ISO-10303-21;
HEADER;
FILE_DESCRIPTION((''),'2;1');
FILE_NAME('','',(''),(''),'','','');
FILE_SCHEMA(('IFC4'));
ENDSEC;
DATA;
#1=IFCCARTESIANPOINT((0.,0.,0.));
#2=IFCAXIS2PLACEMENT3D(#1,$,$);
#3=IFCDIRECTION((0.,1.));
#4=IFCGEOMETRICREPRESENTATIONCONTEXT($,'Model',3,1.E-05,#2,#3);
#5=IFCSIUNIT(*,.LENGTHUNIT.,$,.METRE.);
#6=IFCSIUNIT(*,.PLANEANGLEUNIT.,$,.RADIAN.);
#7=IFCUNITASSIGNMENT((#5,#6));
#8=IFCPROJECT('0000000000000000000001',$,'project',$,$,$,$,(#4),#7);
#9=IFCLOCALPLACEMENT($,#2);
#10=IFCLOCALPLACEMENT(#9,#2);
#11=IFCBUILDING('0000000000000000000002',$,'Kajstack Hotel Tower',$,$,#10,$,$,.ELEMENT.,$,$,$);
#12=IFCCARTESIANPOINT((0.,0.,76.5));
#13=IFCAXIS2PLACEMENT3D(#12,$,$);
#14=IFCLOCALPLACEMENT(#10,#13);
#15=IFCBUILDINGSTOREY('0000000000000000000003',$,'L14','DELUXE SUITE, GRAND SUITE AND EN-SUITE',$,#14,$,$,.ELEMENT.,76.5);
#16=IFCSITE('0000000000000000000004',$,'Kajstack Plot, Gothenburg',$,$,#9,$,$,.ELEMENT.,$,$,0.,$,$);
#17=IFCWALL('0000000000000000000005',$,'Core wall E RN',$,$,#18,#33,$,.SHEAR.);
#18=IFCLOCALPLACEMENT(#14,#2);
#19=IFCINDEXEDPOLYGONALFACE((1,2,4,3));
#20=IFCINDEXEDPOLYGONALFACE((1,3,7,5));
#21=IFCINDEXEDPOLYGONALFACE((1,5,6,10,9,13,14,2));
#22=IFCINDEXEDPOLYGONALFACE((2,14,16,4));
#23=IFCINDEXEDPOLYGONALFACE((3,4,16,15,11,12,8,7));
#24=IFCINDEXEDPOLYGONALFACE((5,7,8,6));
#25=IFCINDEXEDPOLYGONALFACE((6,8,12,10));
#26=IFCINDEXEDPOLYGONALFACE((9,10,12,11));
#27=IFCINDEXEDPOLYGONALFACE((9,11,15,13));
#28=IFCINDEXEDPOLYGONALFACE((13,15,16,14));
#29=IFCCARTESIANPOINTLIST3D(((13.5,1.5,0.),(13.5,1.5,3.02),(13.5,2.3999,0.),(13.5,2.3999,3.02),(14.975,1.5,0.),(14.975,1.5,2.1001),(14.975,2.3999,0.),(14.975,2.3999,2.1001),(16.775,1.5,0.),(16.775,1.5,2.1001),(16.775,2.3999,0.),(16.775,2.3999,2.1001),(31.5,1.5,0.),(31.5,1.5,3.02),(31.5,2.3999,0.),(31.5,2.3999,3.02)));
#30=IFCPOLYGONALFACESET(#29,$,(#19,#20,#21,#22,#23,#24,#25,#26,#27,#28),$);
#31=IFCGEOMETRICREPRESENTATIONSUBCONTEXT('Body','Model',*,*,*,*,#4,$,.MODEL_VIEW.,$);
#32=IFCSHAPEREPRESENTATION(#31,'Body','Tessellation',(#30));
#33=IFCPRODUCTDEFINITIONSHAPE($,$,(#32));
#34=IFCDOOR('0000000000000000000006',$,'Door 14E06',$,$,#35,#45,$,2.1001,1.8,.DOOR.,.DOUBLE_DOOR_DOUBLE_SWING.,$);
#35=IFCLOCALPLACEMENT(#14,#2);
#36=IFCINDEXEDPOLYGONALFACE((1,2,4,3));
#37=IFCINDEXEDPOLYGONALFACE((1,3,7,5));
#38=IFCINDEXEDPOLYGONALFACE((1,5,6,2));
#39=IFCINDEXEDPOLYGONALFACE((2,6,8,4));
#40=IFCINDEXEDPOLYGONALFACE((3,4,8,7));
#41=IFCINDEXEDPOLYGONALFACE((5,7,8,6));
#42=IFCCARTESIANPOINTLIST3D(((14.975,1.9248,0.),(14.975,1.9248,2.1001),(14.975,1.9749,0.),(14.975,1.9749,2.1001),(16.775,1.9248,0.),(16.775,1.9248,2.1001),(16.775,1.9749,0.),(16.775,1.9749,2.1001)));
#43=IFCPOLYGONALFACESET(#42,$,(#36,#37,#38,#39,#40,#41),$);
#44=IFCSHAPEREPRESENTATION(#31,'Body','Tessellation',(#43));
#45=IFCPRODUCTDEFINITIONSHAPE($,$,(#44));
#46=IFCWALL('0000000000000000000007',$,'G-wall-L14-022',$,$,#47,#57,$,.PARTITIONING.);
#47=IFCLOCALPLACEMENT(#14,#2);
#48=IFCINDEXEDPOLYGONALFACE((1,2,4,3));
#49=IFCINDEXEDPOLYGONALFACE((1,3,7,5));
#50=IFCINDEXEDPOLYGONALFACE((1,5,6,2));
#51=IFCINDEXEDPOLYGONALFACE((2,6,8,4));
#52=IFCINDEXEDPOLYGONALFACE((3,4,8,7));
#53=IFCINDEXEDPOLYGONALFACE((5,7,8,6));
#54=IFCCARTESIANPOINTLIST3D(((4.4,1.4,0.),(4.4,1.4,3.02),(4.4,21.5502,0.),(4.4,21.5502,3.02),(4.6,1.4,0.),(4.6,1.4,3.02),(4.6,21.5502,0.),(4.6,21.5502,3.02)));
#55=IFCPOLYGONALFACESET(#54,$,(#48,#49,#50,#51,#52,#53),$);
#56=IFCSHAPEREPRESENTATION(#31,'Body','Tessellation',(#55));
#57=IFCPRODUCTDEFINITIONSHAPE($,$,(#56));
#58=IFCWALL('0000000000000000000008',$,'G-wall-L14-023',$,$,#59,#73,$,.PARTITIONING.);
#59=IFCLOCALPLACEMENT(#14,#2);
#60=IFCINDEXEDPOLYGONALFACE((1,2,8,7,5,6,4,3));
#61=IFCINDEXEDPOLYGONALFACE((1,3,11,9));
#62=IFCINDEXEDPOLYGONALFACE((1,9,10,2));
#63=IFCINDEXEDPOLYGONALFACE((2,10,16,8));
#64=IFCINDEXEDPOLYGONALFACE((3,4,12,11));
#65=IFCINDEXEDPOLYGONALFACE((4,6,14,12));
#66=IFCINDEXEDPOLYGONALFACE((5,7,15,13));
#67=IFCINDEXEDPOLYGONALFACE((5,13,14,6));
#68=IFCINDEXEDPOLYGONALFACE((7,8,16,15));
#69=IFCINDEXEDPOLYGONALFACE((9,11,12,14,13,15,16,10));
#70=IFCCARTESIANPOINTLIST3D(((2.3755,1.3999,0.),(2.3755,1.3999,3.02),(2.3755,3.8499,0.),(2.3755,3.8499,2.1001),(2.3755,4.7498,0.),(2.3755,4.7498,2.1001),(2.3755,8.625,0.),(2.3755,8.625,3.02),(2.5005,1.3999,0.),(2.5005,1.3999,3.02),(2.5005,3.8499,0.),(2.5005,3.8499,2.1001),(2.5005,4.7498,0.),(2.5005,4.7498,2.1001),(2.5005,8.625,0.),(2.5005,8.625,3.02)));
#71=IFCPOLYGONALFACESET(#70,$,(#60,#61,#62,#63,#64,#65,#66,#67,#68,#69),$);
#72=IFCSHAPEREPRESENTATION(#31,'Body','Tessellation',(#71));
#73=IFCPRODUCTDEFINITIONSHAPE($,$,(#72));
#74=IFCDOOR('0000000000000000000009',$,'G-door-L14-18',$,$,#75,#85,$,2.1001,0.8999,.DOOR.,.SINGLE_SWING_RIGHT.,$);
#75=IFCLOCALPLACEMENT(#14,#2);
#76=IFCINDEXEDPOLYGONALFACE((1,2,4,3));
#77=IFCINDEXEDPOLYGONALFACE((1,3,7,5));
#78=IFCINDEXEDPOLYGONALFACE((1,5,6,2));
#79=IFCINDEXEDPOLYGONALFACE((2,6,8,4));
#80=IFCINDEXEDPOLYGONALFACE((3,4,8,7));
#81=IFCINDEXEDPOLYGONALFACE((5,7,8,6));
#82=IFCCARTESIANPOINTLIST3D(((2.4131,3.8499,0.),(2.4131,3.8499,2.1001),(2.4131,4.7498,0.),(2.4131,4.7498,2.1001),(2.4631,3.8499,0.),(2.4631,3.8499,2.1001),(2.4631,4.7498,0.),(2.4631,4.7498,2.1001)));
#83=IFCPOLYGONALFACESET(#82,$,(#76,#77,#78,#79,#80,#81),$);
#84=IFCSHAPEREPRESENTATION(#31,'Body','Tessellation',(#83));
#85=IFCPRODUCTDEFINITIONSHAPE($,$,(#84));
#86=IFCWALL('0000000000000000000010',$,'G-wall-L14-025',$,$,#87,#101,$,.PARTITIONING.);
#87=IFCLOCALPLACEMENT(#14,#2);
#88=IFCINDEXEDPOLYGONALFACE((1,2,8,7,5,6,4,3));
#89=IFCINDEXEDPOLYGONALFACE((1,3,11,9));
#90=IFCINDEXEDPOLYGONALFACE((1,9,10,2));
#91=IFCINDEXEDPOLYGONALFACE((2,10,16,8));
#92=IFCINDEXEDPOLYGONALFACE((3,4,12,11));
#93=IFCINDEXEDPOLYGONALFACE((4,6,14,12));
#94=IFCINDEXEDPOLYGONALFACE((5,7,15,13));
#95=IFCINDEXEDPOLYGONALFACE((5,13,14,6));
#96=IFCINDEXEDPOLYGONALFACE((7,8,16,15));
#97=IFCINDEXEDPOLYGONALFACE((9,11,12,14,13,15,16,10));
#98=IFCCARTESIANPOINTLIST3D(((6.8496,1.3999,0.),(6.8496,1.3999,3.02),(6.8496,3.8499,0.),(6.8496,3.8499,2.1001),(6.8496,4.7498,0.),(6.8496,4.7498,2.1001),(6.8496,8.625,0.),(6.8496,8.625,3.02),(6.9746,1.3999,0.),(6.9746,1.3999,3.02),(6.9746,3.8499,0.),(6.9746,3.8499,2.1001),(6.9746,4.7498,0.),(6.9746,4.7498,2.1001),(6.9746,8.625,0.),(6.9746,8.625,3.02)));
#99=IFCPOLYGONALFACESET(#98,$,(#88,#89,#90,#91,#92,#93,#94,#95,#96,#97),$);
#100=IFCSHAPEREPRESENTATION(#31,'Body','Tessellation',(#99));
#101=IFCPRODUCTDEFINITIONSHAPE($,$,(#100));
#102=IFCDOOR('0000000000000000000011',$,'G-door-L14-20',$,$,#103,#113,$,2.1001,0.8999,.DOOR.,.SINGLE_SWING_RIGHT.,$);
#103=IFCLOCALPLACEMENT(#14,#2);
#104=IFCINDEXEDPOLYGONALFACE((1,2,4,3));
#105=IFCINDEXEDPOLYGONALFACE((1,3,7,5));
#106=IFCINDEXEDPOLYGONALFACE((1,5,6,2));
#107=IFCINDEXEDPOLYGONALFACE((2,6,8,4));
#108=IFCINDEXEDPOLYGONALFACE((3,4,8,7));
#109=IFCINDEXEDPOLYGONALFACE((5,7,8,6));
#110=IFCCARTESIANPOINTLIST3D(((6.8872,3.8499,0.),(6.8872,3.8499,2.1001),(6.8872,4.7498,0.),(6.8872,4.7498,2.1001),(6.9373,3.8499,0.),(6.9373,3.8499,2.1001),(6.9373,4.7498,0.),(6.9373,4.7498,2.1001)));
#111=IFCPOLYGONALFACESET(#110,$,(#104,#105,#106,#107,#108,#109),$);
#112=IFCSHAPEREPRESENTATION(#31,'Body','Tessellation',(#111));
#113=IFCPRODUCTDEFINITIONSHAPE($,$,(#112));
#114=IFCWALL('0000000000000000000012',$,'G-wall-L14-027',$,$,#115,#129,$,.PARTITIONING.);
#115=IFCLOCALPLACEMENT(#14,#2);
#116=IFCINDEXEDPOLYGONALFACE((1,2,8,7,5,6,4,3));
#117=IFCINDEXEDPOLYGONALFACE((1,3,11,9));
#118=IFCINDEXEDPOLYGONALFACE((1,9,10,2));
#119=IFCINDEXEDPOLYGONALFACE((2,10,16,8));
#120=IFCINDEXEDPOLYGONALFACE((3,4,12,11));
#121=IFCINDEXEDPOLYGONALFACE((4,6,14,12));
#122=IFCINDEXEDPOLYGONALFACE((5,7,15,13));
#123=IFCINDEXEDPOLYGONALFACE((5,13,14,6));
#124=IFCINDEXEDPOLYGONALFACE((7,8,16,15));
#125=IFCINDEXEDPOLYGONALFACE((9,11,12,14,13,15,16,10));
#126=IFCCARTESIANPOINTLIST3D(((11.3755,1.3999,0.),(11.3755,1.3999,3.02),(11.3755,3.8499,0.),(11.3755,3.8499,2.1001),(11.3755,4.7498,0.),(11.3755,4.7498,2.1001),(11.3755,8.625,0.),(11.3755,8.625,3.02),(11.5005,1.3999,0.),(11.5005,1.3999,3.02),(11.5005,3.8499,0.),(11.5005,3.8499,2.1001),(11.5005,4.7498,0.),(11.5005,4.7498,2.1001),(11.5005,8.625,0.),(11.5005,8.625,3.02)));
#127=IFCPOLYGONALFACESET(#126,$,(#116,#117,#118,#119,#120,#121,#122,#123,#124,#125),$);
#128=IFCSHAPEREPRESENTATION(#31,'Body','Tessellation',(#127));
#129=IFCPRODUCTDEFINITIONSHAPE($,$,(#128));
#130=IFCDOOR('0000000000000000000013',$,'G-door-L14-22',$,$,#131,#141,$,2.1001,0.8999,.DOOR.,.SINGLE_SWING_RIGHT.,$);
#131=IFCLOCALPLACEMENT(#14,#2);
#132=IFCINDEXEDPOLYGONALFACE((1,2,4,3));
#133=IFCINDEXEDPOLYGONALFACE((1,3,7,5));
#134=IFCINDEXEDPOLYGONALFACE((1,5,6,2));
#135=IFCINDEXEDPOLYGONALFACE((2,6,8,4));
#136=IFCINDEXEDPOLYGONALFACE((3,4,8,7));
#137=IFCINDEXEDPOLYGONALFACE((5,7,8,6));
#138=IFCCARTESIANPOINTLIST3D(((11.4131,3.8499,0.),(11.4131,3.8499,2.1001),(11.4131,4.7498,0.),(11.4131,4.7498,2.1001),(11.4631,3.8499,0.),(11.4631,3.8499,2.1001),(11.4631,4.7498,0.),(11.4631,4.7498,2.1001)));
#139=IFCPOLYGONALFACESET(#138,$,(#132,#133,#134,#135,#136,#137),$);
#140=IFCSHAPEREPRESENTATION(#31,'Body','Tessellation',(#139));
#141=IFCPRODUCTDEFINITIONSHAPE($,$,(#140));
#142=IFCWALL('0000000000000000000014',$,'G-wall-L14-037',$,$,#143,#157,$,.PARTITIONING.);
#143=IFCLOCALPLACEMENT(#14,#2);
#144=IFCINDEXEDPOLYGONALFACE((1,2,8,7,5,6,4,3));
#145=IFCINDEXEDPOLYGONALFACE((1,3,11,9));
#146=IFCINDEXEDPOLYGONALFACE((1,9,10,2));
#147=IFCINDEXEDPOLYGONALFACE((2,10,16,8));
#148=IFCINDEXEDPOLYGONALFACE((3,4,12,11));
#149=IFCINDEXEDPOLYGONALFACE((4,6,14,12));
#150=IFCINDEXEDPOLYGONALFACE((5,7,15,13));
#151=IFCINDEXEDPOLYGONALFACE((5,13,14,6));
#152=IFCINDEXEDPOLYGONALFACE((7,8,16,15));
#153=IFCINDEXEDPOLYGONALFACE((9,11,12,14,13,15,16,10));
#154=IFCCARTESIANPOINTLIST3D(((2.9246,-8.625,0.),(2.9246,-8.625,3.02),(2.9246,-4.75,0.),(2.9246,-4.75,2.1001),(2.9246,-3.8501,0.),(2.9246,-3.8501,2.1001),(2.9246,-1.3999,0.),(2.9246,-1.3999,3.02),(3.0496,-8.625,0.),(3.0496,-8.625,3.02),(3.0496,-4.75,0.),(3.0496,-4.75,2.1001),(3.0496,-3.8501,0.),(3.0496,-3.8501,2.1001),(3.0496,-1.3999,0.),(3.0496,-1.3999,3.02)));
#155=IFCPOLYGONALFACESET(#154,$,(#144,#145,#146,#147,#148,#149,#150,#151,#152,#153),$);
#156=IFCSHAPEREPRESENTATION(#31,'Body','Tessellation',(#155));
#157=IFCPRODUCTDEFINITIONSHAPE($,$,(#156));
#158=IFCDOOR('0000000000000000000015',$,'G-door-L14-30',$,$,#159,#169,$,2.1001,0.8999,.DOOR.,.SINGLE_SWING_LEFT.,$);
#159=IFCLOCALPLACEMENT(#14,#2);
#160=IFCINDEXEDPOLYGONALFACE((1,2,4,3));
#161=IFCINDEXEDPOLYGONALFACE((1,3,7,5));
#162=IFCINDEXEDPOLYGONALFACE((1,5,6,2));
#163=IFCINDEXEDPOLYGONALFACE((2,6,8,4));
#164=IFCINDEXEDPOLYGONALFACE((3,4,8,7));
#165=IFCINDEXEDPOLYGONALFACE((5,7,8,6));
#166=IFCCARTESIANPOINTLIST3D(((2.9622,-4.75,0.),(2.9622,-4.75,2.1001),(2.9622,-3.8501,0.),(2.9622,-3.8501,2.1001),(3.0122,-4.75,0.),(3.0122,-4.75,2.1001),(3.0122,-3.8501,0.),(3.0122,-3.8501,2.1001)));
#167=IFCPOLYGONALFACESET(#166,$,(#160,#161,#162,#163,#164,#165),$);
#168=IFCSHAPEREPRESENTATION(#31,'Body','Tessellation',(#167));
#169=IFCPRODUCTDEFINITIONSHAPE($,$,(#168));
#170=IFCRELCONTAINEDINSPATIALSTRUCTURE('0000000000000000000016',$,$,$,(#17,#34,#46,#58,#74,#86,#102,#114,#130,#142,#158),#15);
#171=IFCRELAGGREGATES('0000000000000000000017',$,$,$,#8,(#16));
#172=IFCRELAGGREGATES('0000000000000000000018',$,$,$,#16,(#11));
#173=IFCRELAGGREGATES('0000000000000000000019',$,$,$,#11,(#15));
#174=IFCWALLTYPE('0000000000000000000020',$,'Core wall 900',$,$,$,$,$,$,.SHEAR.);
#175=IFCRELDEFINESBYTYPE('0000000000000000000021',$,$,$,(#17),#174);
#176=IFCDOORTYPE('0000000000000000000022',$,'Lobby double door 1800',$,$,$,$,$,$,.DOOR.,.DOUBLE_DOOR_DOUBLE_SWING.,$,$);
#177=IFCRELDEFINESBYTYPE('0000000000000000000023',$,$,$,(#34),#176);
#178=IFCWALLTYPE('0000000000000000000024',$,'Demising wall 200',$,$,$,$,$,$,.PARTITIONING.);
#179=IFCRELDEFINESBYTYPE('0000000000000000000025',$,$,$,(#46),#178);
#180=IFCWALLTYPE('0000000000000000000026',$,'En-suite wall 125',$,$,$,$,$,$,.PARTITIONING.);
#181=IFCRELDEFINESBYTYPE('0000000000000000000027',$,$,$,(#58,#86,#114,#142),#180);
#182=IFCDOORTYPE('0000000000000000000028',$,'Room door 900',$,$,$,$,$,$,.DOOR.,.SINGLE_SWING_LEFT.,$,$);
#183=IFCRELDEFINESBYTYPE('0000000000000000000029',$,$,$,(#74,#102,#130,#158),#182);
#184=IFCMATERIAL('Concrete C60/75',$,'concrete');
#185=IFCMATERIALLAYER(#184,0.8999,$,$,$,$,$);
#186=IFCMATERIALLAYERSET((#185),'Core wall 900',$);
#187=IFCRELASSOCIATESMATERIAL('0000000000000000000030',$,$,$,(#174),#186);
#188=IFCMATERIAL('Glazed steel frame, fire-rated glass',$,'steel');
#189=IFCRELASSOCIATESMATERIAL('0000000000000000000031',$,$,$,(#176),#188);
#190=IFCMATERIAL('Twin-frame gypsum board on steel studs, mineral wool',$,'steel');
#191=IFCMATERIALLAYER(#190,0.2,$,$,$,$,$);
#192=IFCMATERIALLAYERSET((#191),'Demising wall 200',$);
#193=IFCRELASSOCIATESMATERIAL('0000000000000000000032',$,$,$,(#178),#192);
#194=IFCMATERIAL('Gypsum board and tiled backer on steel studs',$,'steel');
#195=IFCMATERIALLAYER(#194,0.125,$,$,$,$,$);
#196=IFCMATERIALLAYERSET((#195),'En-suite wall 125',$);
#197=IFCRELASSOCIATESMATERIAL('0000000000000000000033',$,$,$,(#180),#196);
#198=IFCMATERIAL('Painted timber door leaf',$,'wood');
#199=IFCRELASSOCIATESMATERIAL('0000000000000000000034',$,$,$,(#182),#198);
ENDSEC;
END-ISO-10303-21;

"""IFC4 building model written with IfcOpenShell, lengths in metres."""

from ifc_helpers import new_model, si_unit, direction, frame, frame_2d, origin, place, context, subcontext, project, spatial, rectangle, extrude, material, layer, layer_set, type_object, element, fill, save


model = new_model("IFC4")

# Units and contexts
model_context = context("Model", 3, precision=1e-05, world=origin(), true_north=direction((0.0, 1.0)))
body_context = subcontext(model_context, "Body", "Model", "MODEL_VIEW")
ifc_project = project(units=[si_unit("LENGTHUNIT", "METRE"), si_unit("PLANEANGLEUNIT", "RADIAN")], contexts=[model_context])

# Site, building, storey
site_placement = place(None, origin())
site = spatial("IfcSite", under=ifc_project, at=site_placement, Name="Kajstack Plot, Gothenburg", CompositionType="ELEMENT", RefElevation=0.0)
building_placement = place(site_placement, origin())
building = spatial("IfcBuilding", under=site, at=building_placement, Name="Kajstack Hotel Tower", CompositionType="ELEMENT")
storey_placement = place(building_placement, frame((0.0, 0.0, 76.5)))
storey = spatial("IfcBuildingStorey", under=building, at=storey_placement, Name="L14", Description="DELUXE SUITE, GRAND SUITE AND EN-SUITE", CompositionType="ELEMENT", Elevation=76.5)

# Wall, opening, door
ifc_material_1 = material(Name="Concrete C60/75", Category="concrete")
ifc_layer_1 = layer(ifc_material_1, 0.8999)
ifc_layer_set_1 = layer_set([ifc_layer_1], Name="Core wall 900")
wall_type_1 = type_object("IfcWallType", Name="Core wall 900", PredefinedType="SHEAR", material=ifc_layer_set_1)
wall_1_placement = place(storey_placement, frame((13.5, 1.95, 0.0), z_axis=(0.0, 0.0, 1.0), x_axis=(1.0, 0.0, 0.0)))
wall_1 = element("IfcWall", 1, at=wall_1_placement, inside=storey, type_object=wall_type_1, Name="Core wall E RN", PredefinedType="SHEAR", context=body_context, shape_type="SweptSolid", body=[
    extrude(rectangle(XDim=18.0, YDim=0.8999, at=frame_2d((9.0, 0.0))), origin(), (0.0, 0.0, 1.0), 3.02),
])
opening_1_placement = place(wall_1_placement, frame((1.4751, 0.0, 0.0)))
opening_1 = element("IfcOpeningElement", 2, at=opening_1_placement, cuts=wall_1, PredefinedType="OPENING", context=body_context, shape_type="SweptSolid", body=[
    extrude(rectangle(XDim=1.8, YDim=2.1001, at=frame_2d((0.8999, 1.05))), frame((0.0, 0.46, 0.0), z_axis=(0.0, -1.0, 0.0), x_axis=(1.0, 0.0, 0.0)), (0.0, 0.0, 1.0), 0.9199),
])
ifc_material_2 = material(Name="Glazed steel frame, fire-rated glass", Category="steel")
door_type_1 = type_object("IfcDoorType", Name="Lobby double door 1800", OperationType="DOUBLE_DOOR_DOUBLE_SWING", PredefinedType="DOOR", material=ifc_material_2)
door_1_placement = place(opening_1_placement, origin())
door_1 = element("IfcDoor", 3, at=door_1_placement, inside=storey, type_object=door_type_1, Name="Door 14E06", OperationType="DOUBLE_DOOR_DOUBLE_SWING", OverallHeight=2.1001, OverallWidth=1.8, PredefinedType="DOOR", context=body_context, shape_type="SweptSolid", body=[
    extrude(rectangle(XDim=1.8, YDim=2.1001, at=frame_2d((0.8999, 1.05))), frame((0.0, 0.0249, 0.0), z_axis=(0.0, -1.0, 0.0), x_axis=(1.0, 0.0, 0.0)), (0.0, 0.0, 1.0), 0.05),
])
fill(opening_1, door_1)

# Wall
ifc_material_3 = material(Name="Twin-frame gypsum board on steel studs, mineral wool", Category="steel")
ifc_layer_2 = layer(ifc_material_3, 0.2)
ifc_layer_set_2 = layer_set([ifc_layer_2], Name="Demising wall 200")
wall_type_2 = type_object("IfcWallType", Name="Demising wall 200", PredefinedType="PARTITIONING", material=ifc_layer_set_2)
wall_2_placement = place(storey_placement, frame((4.5, 1.3999, 0.0), z_axis=(0.0, 0.0, 1.0), x_axis=(0.0, 1.0, 0.0)))
element("IfcWall", 4, at=wall_2_placement, inside=storey, type_object=wall_type_2, Name="G-wall-L14-022", PredefinedType="PARTITIONING", context=body_context, shape_type="SweptSolid", body=[
    extrude(rectangle(XDim=20.1501, YDim=0.2, at=frame_2d((10.0752, 0.0))), origin(), (0.0, 0.0, 1.0), 3.02),
])

# Walls, openings, doors
ifc_material_4 = material(Name="Gypsum board and tiled backer on steel studs", Category="steel")
ifc_layer_3 = layer(ifc_material_4, 0.125)
ifc_layer_set_3 = layer_set([ifc_layer_3], Name="En-suite wall 125")
wall_type_3 = type_object("IfcWallType", Name="En-suite wall 125", PredefinedType="PARTITIONING", material=ifc_layer_set_3)
wall_3_placement = place(storey_placement, frame((2.438, 1.3999, 0.0), z_axis=(0.0, 0.0, 1.0), x_axis=(0.0, 1.0, 0.0)))
wall_3 = element("IfcWall", 5, at=wall_3_placement, inside=storey, type_object=wall_type_3, Name="G-wall-L14-023", PredefinedType="PARTITIONING", context=body_context, shape_type="SweptSolid", body=[
    extrude(rectangle(XDim=7.2251, YDim=0.125, at=frame_2d((3.6125, 0.0))), origin(), (0.0, 0.0, 1.0), 3.02),
])
opening_2_placement = place(wall_3_placement, frame((2.45, 0.0, 0.0)))
opening_2 = element("IfcOpeningElement", 6, at=opening_2_placement, cuts=wall_3, PredefinedType="OPENING", context=body_context, shape_type="SweptSolid", body=[
    extrude(rectangle(XDim=0.8999, YDim=2.1001, at=frame_2d((0.45, 1.05))), frame((0.0, 0.0725, 0.0), z_axis=(0.0, -1.0, 0.0), x_axis=(1.0, 0.0, 0.0)), (0.0, 0.0, 1.0), 0.145),
])
ifc_material_5 = material(Name="Painted timber door leaf", Category="wood")
door_type_2 = type_object("IfcDoorType", Name="Room door 900", OperationType="SINGLE_SWING_LEFT", PredefinedType="DOOR", material=ifc_material_5)
door_2_placement = place(opening_2_placement, origin())
door_2 = element("IfcDoor", 7, at=door_2_placement, inside=storey, type_object=door_type_2, Name="G-door-L14-18", OperationType="SINGLE_SWING_RIGHT", OverallHeight=2.1001, OverallWidth=0.8999, PredefinedType="DOOR", context=body_context, shape_type="SweptSolid", body=[
    extrude(rectangle(XDim=0.8999, YDim=2.1001, at=frame_2d((0.45, 1.05))), frame((0.0, 0.0249, 0.0), z_axis=(0.0, -1.0, 0.0), x_axis=(1.0, 0.0, 0.0)), (0.0, 0.0, 1.0), 0.05),
])
fill(opening_2, door_2)
wall_4_placement = place(storey_placement, frame((6.9121, 1.3999, 0.0), z_axis=(0.0, 0.0, 1.0), x_axis=(0.0, 1.0, 0.0)))
wall_4 = element("IfcWall", 8, at=wall_4_placement, inside=storey, type_object=wall_type_3, Name="G-wall-L14-025", PredefinedType="PARTITIONING", context=body_context, shape_type="SweptSolid", body=[
    extrude(rectangle(XDim=7.2251, YDim=0.125, at=frame_2d((3.6125, 0.0))), origin(), (0.0, 0.0, 1.0), 3.02),
])
opening_3_placement = place(wall_4_placement, frame((2.45, 0.0, 0.0)))
opening_3 = element("IfcOpeningElement", 9, at=opening_3_placement, cuts=wall_4, PredefinedType="OPENING", context=body_context, shape_type="SweptSolid", body=[
    extrude(rectangle(XDim=0.8999, YDim=2.1001, at=frame_2d((0.45, 1.05))), frame((0.0, 0.0725, 0.0), z_axis=(0.0, -1.0, 0.0), x_axis=(1.0, 0.0, 0.0)), (0.0, 0.0, 1.0), 0.145),
])
door_3_placement = place(opening_3_placement, origin())
door_3 = element("IfcDoor", 10, at=door_3_placement, inside=storey, type_object=door_type_2, Name="G-door-L14-20", OperationType="SINGLE_SWING_RIGHT", OverallHeight=2.1001, OverallWidth=0.8999, PredefinedType="DOOR", context=body_context, shape_type="SweptSolid", body=[
    extrude(rectangle(XDim=0.8999, YDim=2.1001, at=frame_2d((0.45, 1.05))), frame((0.0, 0.0249, 0.0), z_axis=(0.0, -1.0, 0.0), x_axis=(1.0, 0.0, 0.0)), (0.0, 0.0, 1.0), 0.05),
])
fill(opening_3, door_3)
wall_5_placement = place(storey_placement, frame((11.438, 1.3999, 0.0), z_axis=(0.0, 0.0, 1.0), x_axis=(0.0, 1.0, 0.0)))
wall_5 = element("IfcWall", 11, at=wall_5_placement, inside=storey, type_object=wall_type_3, Name="G-wall-L14-027", PredefinedType="PARTITIONING", context=body_context, shape_type="SweptSolid", body=[
    extrude(rectangle(XDim=7.2251, YDim=0.125, at=frame_2d((3.6125, 0.0))), origin(), (0.0, 0.0, 1.0), 3.02),
])
opening_4_placement = place(wall_5_placement, frame((2.45, 0.0, 0.0)))
opening_4 = element("IfcOpeningElement", 12, at=opening_4_placement, cuts=wall_5, PredefinedType="OPENING", context=body_context, shape_type="SweptSolid", body=[
    extrude(rectangle(XDim=0.8999, YDim=2.1001, at=frame_2d((0.45, 1.05))), frame((0.0, 0.0725, 0.0), z_axis=(0.0, -1.0, 0.0), x_axis=(1.0, 0.0, 0.0)), (0.0, 0.0, 1.0), 0.145),
])
door_4_placement = place(opening_4_placement, origin())
door_4 = element("IfcDoor", 13, at=door_4_placement, inside=storey, type_object=door_type_2, Name="G-door-L14-22", OperationType="SINGLE_SWING_RIGHT", OverallHeight=2.1001, OverallWidth=0.8999, PredefinedType="DOOR", context=body_context, shape_type="SweptSolid", body=[
    extrude(rectangle(XDim=0.8999, YDim=2.1001, at=frame_2d((0.45, 1.05))), frame((0.0, 0.0249, 0.0), z_axis=(0.0, -1.0, 0.0), x_axis=(1.0, 0.0, 0.0)), (0.0, 0.0, 1.0), 0.05),
])
fill(opening_4, door_4)
wall_6_placement = place(storey_placement, frame((2.9871, -8.625, 0.0), z_axis=(0.0, 0.0, 1.0), x_axis=(0.0, 1.0, 0.0)))
wall_6 = element("IfcWall", 14, at=wall_6_placement, inside=storey, type_object=wall_type_3, Name="G-wall-L14-037", PredefinedType="PARTITIONING", context=body_context, shape_type="SweptSolid", body=[
    extrude(rectangle(XDim=7.2251, YDim=0.125, at=frame_2d((3.6125, 0.0))), origin(), (0.0, 0.0, 1.0), 3.02),
])
opening_5_placement = place(wall_6_placement, frame((3.875, 0.0, 0.0)))
opening_5 = element("IfcOpeningElement", 15, at=opening_5_placement, cuts=wall_6, PredefinedType="OPENING", context=body_context, shape_type="SweptSolid", body=[
    extrude(rectangle(XDim=0.8999, YDim=2.1001, at=frame_2d((0.45, 1.05))), frame((0.0, 0.0725, 0.0), z_axis=(0.0, -1.0, 0.0), x_axis=(1.0, 0.0, 0.0)), (0.0, 0.0, 1.0), 0.145),
])
door_5_placement = place(opening_5_placement, origin())
door_5 = element("IfcDoor", 16, at=door_5_placement, inside=storey, type_object=door_type_2, Name="G-door-L14-30", OperationType="SINGLE_SWING_LEFT", OverallHeight=2.1001, OverallWidth=0.8999, PredefinedType="DOOR", context=body_context, shape_type="SweptSolid", body=[
    extrude(rectangle(XDim=0.8999, YDim=2.1001, at=frame_2d((0.45, 1.05))), frame((0.0, 0.0249, 0.0), z_axis=(0.0, -1.0, 0.0), x_axis=(1.0, 0.0, 0.0)), (0.0, 0.0, 1.0), 0.05),
])
fill(opening_5, door_5)

save(model, "model.ifc")
